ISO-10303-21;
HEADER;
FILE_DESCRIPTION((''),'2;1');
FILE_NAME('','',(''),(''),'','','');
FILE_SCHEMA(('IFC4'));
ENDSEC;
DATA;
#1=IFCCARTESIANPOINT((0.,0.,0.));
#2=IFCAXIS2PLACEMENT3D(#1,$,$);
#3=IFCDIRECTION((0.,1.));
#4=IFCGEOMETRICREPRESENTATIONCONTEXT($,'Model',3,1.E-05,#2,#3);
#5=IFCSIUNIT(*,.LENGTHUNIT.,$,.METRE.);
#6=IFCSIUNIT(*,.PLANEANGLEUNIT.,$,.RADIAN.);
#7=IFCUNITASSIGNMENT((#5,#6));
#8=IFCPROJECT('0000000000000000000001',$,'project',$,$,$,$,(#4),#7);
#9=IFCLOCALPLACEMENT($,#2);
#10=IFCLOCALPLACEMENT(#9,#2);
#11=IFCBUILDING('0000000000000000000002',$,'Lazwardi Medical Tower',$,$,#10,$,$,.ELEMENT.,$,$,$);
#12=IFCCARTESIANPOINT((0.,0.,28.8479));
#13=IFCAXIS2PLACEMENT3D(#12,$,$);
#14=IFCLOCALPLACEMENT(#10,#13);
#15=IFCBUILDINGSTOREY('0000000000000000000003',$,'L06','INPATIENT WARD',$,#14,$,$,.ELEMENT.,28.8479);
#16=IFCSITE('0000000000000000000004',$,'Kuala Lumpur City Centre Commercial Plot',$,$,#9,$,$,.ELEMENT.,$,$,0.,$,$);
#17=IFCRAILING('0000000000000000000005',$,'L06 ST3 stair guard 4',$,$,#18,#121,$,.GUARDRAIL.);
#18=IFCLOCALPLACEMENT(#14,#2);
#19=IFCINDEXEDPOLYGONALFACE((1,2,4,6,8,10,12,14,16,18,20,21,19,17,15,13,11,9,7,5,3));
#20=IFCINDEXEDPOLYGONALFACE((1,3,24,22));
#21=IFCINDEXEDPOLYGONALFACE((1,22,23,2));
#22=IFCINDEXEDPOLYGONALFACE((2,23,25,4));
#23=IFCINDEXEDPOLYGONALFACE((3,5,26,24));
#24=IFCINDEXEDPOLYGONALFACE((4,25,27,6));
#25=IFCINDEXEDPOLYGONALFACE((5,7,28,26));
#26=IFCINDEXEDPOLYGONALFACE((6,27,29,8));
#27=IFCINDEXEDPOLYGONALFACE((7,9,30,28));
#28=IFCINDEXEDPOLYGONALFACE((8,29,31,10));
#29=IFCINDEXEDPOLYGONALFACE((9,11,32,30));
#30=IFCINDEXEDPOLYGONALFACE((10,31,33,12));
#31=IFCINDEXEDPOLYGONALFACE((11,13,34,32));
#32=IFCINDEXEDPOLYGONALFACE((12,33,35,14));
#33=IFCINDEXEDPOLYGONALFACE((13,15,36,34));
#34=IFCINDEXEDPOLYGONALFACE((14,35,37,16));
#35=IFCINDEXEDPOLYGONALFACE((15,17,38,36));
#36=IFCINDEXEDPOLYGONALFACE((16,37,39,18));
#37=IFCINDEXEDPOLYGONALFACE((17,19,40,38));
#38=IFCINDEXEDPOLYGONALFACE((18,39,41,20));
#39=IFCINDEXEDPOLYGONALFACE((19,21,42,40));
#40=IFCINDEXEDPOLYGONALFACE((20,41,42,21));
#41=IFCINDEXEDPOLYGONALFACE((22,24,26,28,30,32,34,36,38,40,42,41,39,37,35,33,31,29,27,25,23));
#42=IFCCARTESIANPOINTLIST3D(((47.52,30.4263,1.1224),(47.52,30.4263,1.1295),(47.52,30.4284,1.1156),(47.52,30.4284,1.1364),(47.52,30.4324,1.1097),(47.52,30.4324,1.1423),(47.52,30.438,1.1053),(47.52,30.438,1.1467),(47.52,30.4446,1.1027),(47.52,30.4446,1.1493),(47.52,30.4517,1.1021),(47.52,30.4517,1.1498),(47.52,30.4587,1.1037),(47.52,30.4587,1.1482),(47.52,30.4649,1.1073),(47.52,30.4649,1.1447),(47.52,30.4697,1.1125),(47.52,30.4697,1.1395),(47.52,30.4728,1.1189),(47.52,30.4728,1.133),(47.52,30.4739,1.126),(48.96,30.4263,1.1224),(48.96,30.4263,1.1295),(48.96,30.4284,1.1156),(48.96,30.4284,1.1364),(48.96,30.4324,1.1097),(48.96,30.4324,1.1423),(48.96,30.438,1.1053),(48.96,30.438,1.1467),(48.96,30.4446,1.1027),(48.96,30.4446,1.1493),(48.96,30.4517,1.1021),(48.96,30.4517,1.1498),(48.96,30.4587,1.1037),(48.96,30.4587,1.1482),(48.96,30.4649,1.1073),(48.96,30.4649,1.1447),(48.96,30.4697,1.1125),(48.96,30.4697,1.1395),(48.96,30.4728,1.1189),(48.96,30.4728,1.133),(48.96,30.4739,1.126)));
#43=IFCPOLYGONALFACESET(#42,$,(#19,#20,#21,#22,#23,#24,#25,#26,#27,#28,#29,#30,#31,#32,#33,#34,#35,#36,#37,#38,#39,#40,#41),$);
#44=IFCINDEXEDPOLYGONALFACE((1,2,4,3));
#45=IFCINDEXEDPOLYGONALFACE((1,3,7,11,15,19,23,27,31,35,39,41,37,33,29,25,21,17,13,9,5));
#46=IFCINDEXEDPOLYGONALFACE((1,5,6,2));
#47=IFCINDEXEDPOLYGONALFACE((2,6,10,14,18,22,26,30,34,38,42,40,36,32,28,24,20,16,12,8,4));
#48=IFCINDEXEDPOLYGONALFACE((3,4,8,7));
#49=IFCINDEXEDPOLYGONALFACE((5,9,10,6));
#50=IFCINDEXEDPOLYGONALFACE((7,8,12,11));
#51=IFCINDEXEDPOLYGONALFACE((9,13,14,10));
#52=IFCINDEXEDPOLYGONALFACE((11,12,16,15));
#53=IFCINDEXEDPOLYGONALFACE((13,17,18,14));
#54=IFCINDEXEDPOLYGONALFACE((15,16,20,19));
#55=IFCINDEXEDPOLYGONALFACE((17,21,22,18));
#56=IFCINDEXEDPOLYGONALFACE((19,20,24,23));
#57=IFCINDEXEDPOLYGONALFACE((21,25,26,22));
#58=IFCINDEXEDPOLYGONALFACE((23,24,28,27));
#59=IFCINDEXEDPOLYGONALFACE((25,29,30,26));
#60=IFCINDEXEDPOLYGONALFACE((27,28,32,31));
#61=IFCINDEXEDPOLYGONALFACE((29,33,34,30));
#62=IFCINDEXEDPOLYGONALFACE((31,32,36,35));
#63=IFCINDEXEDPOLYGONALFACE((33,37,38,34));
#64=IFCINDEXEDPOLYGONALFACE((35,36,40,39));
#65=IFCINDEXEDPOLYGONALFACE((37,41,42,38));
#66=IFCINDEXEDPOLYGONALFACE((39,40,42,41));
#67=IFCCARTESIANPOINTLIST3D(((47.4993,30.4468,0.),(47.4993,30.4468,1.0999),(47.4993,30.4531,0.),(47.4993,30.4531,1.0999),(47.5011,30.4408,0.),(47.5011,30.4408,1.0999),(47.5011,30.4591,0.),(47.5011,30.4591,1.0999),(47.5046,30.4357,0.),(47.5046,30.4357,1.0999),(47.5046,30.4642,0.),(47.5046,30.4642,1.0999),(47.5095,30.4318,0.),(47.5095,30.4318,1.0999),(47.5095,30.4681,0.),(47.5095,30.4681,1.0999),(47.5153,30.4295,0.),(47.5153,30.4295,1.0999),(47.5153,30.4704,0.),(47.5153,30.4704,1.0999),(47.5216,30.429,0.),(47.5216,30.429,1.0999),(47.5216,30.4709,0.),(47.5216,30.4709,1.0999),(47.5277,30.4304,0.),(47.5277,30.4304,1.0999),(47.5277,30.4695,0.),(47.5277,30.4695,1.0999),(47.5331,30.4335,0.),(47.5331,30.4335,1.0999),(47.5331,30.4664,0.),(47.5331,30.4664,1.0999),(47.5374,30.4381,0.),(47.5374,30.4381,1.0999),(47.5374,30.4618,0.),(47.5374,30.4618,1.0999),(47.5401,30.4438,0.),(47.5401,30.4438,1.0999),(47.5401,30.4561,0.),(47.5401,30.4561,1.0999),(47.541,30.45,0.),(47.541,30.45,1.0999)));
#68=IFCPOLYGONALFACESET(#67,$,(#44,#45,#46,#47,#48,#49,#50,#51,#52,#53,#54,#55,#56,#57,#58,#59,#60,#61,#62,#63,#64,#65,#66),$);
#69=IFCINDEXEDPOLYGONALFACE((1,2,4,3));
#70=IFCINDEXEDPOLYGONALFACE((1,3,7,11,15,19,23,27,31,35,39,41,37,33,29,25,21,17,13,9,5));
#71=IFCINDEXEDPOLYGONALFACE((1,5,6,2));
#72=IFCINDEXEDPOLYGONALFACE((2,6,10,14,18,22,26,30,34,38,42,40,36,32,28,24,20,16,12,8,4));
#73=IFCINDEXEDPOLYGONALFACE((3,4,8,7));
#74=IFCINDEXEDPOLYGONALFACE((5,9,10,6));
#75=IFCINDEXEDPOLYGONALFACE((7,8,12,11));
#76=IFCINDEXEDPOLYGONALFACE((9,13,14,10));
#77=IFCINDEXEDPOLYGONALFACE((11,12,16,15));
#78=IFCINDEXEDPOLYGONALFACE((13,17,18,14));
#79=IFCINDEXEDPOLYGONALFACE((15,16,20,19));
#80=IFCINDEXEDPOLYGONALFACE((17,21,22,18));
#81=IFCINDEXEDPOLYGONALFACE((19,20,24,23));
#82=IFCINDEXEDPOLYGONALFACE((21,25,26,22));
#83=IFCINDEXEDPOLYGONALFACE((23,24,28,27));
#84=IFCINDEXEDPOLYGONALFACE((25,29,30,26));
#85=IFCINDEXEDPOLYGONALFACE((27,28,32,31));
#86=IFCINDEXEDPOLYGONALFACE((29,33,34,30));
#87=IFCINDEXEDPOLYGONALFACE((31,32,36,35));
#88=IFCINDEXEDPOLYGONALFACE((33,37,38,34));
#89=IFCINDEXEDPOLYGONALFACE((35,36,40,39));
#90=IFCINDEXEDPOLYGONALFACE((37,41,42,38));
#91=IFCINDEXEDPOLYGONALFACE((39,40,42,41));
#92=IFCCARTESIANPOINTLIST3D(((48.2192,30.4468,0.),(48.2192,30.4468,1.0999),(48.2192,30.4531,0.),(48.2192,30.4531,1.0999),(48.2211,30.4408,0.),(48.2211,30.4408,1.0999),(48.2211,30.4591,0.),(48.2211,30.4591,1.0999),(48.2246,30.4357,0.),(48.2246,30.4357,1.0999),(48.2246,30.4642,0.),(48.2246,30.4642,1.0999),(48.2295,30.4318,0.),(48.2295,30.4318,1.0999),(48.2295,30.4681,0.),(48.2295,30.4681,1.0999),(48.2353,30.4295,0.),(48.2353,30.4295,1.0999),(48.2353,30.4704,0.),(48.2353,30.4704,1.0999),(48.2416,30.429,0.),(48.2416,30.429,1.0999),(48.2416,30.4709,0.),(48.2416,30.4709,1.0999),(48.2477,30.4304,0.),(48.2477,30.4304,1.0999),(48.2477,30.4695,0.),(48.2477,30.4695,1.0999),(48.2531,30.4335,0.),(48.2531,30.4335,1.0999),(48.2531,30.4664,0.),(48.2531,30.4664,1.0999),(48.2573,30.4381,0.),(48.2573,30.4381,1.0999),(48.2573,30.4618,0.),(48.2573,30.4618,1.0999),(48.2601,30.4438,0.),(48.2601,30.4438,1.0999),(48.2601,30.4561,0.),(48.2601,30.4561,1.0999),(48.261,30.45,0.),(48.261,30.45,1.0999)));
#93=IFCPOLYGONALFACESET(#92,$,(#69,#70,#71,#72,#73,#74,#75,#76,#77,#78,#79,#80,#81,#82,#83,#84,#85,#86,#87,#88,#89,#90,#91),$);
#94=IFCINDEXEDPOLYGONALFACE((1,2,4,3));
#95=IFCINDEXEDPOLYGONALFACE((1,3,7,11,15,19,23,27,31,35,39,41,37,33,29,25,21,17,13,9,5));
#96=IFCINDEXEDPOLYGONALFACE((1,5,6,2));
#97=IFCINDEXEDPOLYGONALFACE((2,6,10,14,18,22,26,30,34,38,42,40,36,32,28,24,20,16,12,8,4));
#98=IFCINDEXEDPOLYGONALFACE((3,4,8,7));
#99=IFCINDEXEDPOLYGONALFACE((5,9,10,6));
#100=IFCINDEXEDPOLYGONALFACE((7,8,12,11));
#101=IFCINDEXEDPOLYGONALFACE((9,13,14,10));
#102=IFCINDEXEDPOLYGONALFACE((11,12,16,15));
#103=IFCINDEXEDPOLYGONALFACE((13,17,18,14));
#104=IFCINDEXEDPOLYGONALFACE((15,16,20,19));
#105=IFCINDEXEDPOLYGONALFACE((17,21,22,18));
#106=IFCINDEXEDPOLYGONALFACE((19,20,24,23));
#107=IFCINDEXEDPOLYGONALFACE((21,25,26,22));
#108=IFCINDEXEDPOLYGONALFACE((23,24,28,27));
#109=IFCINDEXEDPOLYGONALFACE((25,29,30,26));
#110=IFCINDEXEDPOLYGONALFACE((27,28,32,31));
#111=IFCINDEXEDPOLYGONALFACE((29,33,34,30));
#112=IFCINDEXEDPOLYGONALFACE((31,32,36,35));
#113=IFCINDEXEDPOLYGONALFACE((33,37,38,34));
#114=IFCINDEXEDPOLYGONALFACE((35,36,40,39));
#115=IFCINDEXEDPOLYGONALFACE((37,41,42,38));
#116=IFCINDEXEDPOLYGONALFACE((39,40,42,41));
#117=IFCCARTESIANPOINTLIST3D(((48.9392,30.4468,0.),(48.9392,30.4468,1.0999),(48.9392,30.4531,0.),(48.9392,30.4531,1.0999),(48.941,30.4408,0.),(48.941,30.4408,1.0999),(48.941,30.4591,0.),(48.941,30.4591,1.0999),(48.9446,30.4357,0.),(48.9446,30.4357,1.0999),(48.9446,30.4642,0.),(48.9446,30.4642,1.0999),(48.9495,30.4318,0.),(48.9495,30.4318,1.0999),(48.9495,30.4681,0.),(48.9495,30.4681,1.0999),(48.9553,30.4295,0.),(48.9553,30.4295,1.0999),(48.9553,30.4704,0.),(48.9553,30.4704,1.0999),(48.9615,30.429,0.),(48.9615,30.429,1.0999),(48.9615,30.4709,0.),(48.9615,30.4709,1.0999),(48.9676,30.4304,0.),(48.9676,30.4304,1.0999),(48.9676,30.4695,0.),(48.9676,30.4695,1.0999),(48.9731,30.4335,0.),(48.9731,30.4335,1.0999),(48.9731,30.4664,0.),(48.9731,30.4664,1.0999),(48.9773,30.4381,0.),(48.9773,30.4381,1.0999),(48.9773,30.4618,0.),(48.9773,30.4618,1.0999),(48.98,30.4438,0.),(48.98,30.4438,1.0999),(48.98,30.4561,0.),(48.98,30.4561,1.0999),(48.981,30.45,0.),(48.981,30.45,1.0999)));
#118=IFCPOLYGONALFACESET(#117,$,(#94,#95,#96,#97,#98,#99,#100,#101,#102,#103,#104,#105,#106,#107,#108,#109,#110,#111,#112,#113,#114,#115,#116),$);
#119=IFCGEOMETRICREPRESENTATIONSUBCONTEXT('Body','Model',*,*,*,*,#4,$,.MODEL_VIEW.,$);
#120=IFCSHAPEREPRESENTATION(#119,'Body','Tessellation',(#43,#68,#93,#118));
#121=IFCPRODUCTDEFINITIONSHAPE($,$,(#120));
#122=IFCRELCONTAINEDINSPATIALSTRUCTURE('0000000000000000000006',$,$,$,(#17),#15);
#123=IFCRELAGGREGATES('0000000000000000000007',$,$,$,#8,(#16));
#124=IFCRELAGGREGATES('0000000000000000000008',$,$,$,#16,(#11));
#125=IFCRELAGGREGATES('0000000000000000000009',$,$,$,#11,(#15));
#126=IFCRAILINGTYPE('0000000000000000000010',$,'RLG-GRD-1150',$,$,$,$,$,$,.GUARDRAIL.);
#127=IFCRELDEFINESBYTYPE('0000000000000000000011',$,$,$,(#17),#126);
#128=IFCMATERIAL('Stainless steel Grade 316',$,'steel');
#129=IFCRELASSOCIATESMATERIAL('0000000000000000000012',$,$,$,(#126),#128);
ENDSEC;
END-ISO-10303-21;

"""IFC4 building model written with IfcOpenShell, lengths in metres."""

from ifc_helpers import new_model, si_unit, direction, frame, origin, origin_2d, place, context, subcontext, project, spatial, circle, extrude, material, type_object, element, save


model = new_model("IFC4")

# Units and contexts
model_context = context("Model", 3, precision=1e-05, world=origin(), true_north=direction((0.0, 1.0)))
body_context = subcontext(model_context, "Body", "Model", "MODEL_VIEW")
ifc_project = project(units=[si_unit("LENGTHUNIT", "METRE"), si_unit("PLANEANGLEUNIT", "RADIAN")], contexts=[model_context])

# Site, building, storey
site_placement = place(None, origin())
site = spatial("IfcSite", under=ifc_project, at=site_placement, Name="Kuala Lumpur City Centre Commercial Plot", CompositionType="ELEMENT", RefElevation=0.0)
building_placement = place(site_placement, origin())
building = spatial("IfcBuilding", under=site, at=building_placement, Name="Lazwardi Medical Tower", CompositionType="ELEMENT")
storey_placement = place(building_placement, frame((0.0, 0.0, 28.8479)))
storey = spatial("IfcBuildingStorey", under=building, at=storey_placement, Name="L06", Description="INPATIENT WARD", CompositionType="ELEMENT", Elevation=28.8479)

# Railing
ifc_material_1 = material(Name="Stainless steel Grade 316", Category="steel")
railing_type = type_object("IfcRailingType", Name="RLG-GRD-1150", PredefinedType="GUARDRAIL", material=ifc_material_1)
railing_placement = place(storey_placement, frame((47.52, 30.45, 0.0)))
element("IfcRailing", 1, at=railing_placement, inside=storey, type_object=railing_type, Name="L06 ST3 stair guard 4", PredefinedType="GUARDRAIL", context=body_context, shape_type="SweptSolid", body=[
    extrude(circle(Radius=0.0239, at=origin_2d()), frame((0.0, 0.0, 1.126), z_axis=(1.0, 0.0, 0.0), x_axis=(0.0, 1.0, 0.0)), (0.0, 0.0, 1.0), 1.4399),
    extrude(circle(Radius=0.021, at=origin_2d()), origin(), (0.0, 0.0, 1.0), 1.0999),
    extrude(circle(Radius=0.021, at=origin_2d()), frame((0.72, 0.0, 0.0)), (0.0, 0.0, 1.0), 1.0999),
    extrude(circle(Radius=0.021, at=origin_2d()), frame((1.4399, 0.0, 0.0)), (0.0, 0.0, 1.0), 1.0999),
])

save(model, "model.ifc")
